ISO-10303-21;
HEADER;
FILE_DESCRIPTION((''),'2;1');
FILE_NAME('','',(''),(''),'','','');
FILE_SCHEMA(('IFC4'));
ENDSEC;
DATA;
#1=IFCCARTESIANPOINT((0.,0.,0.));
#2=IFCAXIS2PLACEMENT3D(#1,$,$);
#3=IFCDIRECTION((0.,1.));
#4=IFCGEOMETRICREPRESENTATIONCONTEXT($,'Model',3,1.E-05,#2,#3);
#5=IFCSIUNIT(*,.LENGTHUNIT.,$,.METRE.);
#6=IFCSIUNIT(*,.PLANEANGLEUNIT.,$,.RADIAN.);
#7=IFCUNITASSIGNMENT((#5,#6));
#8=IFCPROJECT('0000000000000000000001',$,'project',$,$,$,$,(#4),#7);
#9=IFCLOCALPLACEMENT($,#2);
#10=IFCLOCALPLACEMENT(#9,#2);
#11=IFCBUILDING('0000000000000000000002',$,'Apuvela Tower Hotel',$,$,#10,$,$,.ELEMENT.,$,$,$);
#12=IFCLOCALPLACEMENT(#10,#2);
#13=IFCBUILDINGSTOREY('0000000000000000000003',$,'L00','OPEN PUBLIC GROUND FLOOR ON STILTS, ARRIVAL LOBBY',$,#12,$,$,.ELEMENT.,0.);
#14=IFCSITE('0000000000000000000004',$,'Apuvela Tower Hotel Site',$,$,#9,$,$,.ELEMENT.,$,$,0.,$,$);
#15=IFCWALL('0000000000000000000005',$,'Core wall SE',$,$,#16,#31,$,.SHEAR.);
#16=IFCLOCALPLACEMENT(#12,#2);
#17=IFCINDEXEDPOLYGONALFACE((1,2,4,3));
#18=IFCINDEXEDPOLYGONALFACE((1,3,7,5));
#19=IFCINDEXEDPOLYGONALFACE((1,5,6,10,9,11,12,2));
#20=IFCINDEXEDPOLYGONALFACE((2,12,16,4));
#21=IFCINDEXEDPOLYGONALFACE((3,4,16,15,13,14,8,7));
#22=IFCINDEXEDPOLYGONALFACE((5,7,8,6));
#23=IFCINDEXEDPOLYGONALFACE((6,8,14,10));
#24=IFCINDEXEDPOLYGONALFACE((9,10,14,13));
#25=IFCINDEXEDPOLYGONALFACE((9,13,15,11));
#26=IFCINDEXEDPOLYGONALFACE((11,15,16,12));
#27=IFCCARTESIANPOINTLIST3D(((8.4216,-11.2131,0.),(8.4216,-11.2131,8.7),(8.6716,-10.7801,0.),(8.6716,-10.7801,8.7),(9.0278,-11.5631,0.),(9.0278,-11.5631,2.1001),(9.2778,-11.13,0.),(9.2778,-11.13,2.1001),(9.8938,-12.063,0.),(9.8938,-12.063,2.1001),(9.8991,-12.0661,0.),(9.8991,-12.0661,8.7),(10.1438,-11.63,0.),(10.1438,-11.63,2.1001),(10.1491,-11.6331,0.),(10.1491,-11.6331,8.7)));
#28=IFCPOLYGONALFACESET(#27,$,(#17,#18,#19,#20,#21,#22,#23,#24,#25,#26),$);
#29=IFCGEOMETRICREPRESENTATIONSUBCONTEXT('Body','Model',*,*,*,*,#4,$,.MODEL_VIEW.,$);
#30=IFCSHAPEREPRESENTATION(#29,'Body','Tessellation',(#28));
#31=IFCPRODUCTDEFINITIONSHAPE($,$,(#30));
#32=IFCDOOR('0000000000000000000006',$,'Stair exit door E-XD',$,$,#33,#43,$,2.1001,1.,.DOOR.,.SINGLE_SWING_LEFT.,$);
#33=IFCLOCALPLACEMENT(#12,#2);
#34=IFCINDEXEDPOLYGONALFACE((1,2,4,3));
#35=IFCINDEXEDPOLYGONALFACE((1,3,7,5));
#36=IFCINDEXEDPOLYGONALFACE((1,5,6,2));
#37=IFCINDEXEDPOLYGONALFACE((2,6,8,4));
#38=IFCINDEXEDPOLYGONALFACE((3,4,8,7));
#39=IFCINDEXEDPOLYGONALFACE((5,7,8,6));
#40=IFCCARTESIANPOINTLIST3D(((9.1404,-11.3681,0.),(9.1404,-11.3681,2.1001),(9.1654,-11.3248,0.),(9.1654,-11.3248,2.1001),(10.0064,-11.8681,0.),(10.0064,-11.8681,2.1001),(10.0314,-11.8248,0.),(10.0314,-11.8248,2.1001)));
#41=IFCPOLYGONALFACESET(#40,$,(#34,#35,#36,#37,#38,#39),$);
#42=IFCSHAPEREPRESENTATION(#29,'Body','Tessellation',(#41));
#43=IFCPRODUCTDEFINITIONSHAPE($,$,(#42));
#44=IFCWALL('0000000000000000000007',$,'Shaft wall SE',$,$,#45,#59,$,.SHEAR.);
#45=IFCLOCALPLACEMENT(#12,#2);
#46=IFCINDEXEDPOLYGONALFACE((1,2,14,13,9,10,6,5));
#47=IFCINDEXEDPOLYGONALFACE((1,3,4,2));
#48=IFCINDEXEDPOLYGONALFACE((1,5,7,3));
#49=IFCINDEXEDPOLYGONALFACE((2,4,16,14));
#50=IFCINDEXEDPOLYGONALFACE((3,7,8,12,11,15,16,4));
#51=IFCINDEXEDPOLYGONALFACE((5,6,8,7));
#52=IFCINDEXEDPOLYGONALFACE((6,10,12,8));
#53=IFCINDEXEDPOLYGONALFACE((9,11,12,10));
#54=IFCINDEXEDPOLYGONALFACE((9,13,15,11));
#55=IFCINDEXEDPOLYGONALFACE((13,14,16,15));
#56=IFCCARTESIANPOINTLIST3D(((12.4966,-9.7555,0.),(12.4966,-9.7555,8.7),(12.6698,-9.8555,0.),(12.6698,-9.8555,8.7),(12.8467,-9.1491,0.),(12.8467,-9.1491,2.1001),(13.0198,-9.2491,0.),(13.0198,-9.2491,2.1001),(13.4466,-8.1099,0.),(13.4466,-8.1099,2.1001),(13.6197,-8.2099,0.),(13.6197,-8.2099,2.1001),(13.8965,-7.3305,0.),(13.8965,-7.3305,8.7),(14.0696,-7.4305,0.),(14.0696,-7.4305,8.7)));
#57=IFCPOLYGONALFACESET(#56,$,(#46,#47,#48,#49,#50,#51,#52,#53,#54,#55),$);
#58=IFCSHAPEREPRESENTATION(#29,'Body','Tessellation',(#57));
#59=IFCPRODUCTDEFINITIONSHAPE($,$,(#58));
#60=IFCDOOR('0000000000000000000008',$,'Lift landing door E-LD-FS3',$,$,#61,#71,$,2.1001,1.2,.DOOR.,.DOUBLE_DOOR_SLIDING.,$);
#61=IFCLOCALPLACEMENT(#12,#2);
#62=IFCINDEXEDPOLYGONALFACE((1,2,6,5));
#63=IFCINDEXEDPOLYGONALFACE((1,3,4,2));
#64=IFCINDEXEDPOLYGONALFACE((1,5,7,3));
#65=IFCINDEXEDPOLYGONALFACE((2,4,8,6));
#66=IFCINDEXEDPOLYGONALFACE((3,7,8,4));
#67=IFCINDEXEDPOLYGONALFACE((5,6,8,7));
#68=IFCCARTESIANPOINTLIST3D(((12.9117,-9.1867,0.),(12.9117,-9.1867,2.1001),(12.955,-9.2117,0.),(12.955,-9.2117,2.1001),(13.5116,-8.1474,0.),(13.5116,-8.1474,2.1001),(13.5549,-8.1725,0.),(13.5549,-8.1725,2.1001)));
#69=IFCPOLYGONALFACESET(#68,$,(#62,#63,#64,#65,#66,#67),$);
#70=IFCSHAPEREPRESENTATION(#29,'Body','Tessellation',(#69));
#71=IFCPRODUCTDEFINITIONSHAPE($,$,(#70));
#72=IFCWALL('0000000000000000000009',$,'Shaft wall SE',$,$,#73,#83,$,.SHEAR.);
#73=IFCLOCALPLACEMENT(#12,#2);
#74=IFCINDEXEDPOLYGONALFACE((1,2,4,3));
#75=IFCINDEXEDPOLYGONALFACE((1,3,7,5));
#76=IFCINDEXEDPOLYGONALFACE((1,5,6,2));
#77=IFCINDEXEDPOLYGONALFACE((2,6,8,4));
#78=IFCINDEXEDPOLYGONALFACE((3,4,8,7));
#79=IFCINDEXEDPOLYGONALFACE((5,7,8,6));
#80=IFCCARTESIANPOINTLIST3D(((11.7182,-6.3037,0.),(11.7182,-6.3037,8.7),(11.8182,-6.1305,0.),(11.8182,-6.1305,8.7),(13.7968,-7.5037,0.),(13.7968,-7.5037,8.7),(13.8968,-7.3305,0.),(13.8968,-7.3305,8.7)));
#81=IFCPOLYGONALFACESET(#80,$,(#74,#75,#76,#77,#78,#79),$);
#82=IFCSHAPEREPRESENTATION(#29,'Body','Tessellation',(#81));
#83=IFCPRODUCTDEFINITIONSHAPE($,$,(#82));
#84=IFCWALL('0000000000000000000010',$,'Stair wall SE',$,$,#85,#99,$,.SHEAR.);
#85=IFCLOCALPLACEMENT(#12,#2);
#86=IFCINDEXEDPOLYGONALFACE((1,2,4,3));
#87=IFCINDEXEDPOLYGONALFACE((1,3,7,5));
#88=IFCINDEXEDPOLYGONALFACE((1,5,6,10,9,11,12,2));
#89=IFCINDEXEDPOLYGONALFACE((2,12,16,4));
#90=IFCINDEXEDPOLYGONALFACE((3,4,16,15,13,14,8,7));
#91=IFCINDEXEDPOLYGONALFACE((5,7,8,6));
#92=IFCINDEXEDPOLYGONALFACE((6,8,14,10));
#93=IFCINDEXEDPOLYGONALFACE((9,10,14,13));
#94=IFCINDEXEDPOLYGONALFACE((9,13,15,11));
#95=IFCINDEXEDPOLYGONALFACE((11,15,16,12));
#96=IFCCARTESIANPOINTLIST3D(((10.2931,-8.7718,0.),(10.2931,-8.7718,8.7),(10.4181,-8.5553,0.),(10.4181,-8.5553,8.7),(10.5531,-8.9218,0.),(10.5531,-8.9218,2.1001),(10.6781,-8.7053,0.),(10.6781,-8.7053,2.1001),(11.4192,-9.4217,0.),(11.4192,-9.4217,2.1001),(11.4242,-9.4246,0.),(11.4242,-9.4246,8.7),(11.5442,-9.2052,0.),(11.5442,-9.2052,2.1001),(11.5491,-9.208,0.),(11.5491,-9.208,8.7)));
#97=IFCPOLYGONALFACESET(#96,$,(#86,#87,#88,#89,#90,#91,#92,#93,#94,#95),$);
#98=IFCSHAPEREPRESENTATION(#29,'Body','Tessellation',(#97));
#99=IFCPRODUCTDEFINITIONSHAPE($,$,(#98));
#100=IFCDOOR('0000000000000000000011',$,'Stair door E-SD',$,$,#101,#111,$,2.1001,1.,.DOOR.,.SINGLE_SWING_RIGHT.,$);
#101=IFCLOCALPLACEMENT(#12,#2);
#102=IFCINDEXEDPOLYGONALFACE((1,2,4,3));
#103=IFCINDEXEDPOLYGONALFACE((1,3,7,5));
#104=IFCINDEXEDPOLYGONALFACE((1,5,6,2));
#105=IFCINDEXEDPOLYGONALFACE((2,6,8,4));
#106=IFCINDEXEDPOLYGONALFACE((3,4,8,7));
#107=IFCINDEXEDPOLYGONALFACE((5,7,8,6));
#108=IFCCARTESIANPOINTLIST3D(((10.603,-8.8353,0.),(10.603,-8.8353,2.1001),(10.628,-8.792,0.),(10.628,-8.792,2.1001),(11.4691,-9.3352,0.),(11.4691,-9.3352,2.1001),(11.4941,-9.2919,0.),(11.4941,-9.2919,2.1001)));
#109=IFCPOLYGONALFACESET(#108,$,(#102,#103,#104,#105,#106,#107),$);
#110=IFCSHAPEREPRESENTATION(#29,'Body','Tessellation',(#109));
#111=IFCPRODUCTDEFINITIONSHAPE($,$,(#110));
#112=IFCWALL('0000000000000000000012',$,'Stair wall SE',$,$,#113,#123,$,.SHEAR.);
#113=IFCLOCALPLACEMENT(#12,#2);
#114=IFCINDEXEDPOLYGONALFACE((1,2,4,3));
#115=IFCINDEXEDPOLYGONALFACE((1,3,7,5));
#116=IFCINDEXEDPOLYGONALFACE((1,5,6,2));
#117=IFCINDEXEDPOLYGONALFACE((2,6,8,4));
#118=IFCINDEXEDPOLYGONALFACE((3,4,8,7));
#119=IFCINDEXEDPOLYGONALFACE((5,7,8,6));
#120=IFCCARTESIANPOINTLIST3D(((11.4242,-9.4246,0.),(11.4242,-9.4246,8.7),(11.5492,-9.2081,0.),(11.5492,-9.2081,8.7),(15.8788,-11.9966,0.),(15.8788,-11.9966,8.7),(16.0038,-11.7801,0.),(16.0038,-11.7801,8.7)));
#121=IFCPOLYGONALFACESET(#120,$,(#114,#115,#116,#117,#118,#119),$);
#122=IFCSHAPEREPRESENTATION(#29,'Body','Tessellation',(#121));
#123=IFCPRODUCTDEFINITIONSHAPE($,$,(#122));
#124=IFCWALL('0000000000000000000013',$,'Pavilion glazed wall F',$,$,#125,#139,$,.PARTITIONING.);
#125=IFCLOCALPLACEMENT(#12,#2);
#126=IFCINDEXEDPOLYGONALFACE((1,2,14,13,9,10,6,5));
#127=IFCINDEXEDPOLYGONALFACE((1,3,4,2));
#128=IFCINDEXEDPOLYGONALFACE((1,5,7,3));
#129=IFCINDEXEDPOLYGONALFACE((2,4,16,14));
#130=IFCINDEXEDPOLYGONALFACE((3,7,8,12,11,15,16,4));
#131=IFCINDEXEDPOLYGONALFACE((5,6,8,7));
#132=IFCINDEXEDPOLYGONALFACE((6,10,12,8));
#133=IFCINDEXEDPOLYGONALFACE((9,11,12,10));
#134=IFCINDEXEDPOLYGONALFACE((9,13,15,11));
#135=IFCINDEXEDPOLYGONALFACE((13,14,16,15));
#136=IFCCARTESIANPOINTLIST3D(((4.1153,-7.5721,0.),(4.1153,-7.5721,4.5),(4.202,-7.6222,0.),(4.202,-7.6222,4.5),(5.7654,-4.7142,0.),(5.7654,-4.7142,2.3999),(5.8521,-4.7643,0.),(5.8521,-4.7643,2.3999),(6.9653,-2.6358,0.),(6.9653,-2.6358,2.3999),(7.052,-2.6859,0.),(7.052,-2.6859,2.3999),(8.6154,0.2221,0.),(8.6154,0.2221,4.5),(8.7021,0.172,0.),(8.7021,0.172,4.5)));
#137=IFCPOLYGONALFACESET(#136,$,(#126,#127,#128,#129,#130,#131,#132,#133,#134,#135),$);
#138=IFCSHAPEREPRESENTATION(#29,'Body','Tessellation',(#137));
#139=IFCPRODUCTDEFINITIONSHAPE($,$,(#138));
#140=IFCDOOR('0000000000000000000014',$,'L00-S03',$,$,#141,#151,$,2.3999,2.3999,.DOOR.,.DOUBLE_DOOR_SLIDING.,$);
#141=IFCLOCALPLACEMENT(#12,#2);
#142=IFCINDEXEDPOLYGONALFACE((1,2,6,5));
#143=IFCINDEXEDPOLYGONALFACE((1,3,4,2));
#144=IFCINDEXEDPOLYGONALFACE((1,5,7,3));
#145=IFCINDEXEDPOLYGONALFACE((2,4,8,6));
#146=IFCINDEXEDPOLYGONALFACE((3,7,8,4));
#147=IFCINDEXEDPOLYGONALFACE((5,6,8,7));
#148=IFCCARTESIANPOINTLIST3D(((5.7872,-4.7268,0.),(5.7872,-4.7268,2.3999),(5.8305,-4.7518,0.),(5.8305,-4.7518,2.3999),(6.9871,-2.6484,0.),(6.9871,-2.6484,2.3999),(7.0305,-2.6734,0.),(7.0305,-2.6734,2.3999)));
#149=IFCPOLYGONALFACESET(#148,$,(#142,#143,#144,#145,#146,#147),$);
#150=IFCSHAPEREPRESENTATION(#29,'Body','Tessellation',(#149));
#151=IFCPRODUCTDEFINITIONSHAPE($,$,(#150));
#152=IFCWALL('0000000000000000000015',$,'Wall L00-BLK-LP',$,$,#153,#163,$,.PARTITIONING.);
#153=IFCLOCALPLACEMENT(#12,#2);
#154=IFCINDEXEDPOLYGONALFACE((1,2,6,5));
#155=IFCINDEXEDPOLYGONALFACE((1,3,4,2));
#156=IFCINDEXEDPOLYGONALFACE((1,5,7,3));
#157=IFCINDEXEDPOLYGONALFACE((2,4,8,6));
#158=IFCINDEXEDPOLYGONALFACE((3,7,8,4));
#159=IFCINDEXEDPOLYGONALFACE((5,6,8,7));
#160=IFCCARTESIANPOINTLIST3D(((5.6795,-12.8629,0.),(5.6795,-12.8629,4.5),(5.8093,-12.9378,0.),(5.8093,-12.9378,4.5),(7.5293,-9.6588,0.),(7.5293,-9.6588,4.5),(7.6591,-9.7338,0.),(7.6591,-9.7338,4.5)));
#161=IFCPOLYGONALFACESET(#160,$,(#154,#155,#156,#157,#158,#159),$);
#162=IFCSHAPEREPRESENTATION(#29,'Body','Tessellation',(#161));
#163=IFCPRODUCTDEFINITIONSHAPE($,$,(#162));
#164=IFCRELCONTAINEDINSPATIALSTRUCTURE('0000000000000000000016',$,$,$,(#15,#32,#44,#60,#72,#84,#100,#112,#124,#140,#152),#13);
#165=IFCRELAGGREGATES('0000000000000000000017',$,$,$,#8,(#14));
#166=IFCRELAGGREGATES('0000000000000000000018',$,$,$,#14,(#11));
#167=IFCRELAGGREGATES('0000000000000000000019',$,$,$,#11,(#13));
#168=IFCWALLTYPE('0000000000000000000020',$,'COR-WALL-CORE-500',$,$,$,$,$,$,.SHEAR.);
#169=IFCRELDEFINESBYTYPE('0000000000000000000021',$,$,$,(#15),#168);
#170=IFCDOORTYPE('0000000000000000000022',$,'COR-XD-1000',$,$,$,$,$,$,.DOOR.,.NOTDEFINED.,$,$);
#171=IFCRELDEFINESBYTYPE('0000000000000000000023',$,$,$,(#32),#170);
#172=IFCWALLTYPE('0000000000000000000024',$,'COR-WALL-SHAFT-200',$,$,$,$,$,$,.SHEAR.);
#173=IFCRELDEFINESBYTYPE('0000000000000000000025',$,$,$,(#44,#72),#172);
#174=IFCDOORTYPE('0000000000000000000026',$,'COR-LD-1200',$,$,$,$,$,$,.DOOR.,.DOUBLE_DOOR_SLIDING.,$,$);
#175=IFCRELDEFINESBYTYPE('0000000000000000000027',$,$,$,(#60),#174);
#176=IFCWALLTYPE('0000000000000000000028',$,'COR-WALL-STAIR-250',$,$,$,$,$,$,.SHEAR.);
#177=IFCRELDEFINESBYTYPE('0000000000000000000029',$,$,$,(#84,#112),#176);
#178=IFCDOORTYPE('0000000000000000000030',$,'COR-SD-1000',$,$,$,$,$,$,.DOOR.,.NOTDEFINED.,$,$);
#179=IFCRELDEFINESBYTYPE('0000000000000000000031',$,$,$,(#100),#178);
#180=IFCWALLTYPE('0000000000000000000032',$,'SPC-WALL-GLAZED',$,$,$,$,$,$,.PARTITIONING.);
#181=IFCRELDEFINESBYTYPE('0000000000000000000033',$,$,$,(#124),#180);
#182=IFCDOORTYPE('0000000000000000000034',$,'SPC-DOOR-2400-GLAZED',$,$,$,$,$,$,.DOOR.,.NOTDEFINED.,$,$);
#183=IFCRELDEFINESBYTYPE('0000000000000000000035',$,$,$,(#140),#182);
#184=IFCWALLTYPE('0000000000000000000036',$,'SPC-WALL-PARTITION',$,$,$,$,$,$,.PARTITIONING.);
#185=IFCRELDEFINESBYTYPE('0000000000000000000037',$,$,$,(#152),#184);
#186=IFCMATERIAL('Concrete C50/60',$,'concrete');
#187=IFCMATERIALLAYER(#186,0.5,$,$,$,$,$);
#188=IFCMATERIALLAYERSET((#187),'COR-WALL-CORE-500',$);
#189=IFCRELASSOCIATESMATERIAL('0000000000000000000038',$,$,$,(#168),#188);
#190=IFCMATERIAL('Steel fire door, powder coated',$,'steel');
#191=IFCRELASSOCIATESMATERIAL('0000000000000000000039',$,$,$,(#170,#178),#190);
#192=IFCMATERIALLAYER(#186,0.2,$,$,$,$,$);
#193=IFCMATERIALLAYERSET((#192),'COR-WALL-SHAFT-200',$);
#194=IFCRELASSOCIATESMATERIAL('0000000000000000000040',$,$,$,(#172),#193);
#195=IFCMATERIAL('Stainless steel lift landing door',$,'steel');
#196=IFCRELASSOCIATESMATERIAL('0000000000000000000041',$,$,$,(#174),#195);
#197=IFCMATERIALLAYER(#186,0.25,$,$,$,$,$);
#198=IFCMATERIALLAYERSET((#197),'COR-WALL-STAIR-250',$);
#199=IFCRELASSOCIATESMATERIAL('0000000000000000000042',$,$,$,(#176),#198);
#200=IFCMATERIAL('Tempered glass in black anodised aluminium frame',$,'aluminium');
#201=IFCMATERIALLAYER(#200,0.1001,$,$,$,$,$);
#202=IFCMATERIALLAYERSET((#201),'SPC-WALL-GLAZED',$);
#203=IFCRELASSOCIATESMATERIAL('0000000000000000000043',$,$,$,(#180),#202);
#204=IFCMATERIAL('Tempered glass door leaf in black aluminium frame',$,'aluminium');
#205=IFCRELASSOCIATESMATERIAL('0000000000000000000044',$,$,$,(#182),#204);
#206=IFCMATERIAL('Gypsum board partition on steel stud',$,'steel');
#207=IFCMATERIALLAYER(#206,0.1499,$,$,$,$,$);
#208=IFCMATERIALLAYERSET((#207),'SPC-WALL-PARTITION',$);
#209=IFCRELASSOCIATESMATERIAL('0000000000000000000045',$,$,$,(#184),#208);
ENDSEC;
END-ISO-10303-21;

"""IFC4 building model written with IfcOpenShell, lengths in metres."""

from ifc_helpers import new_model, si_unit, direction, frame, frame_2d, origin, place, context, subcontext, project, spatial, rectangle, extrude, material, layer, layer_set, type_object, element, fill, save


model = new_model("IFC4")

# Units and contexts
model_context = context("Model", 3, precision=1e-05, world=origin(), true_north=direction((0.0, 1.0)))
body_context = subcontext(model_context, "Body", "Model", "MODEL_VIEW")
ifc_project = project(units=[si_unit("LENGTHUNIT", "METRE"), si_unit("PLANEANGLEUNIT", "RADIAN")], contexts=[model_context])

# Site, building, storey
site_placement = place(None, origin())
site = spatial("IfcSite", under=ifc_project, at=site_placement, Name="Apuvela Tower Hotel Site", CompositionType="ELEMENT", RefElevation=0.0)
building_placement = place(site_placement, origin())
building = spatial("IfcBuilding", under=site, at=building_placement, Name="Apuvela Tower Hotel", CompositionType="ELEMENT")
storey_placement = place(building_placement, origin())
storey = spatial("IfcBuildingStorey", under=building, at=storey_placement, Name="L00", Description="OPEN PUBLIC GROUND FLOOR ON STILTS, ARRIVAL LOBBY", CompositionType="ELEMENT", Elevation=0.0)

# Shared definitions
ifc_material_1 = material(Name="Concrete C50/60", Category="concrete")

# Shared definitions
ifc_material_2 = material(Name="Steel fire door, powder coated", Category="steel")

# Walls, openings, doors
ifc_layer_1 = layer(ifc_material_1, 0.5)
ifc_layer_set_1 = layer_set([ifc_layer_1], Name="COR-WALL-CORE-500")
wall_type_1 = type_object("IfcWallType", Name="COR-WALL-CORE-500", PredefinedType="SHEAR", material=ifc_layer_set_1)
wall_1_placement = place(storey_placement, frame((8.5466, -10.9966, 0.0), z_axis=(0.0, 0.0, 1.0), x_axis=(0.866033, -0.499987, 0.0)))
wall_1 = element("IfcWall", 1, at=wall_1_placement, inside=storey, type_object=wall_type_1, Name="Core wall SE", PredefinedType="SHEAR", context=body_context, shape_type="SweptSolid", body=[
    extrude(rectangle(XDim=1.7061, YDim=0.5, at=frame_2d((0.853, 0.0))), origin(), (0.0, 0.0, 1.0), 8.7),
])
opening_1_placement = place(wall_1_placement, frame((0.7, 0.0, 0.0)))
opening_1 = element("IfcOpeningElement", 2, at=opening_1_placement, cuts=wall_1, PredefinedType="OPENING", context=body_context, shape_type="SweptSolid", body=[
    extrude(rectangle(XDim=1.0, YDim=2.1001, at=frame_2d((0.5, 1.05))), frame((0.0, 0.26, 0.0), z_axis=(0.0, -1.0, 0.0), x_axis=(1.0, 0.0, 0.0)), (0.0, 0.0, 1.0), 0.52),
])
door_type_1 = type_object("IfcDoorType", Name="COR-XD-1000", OperationType="NOTDEFINED", PredefinedType="DOOR", material=ifc_material_2)
door_1_placement = place(opening_1_placement, frame((1.0, 0.0, 0.0), z_axis=(0.0, 0.0, 1.0), x_axis=(-1.0, 0.0, 0.0)))
door_1 = element("IfcDoor", 3, at=door_1_placement, inside=storey, type_object=door_type_1, Name="Stair exit door E-XD", OperationType="SINGLE_SWING_LEFT", OverallHeight=2.1001, OverallWidth=1.0, PredefinedType="DOOR", context=body_context, shape_type="SweptSolid", body=[
    extrude(rectangle(XDim=1.0, YDim=2.1001, at=frame_2d((0.5, 1.05))), frame((0.0, 0.0249, 0.0), z_axis=(0.0, -1.0, 0.0), x_axis=(1.0, 0.0, 0.0)), (0.0, 0.0, 1.0), 0.05),
])
fill(opening_1, door_1)
ifc_layer_2 = layer(ifc_material_1, 0.2)
ifc_layer_set_2 = layer_set([ifc_layer_2], Name="COR-WALL-SHAFT-200")
wall_type_2 = type_object("IfcWallType", Name="COR-WALL-SHAFT-200", PredefinedType="SHEAR", material=ifc_layer_set_2)
wall_2_placement = place(storey_placement, frame((12.5833, -9.8054, 0.0), z_axis=(0.0, 0.0, 1.0), x_axis=(0.499946, 0.866056, 0.0)))
wall_2 = element("IfcWall", 4, at=wall_2_placement, inside=storey, type_object=wall_type_2, Name="Shaft wall SE", PredefinedType="SHEAR", context=body_context, shape_type="SweptSolid", body=[
    extrude(rectangle(XDim=2.8, YDim=0.2, at=frame_2d((1.3999, 0.0))), origin(), (0.0, 0.0, 1.0), 8.7),
])
opening_2_placement = place(wall_2_placement, frame((0.7, 0.0, 0.0)))
opening_2 = element("IfcOpeningElement", 5, at=opening_2_placement, cuts=wall_2, PredefinedType="OPENING", context=body_context, shape_type="SweptSolid", body=[
    extrude(rectangle(XDim=1.2, YDim=2.1001, at=frame_2d((0.6001, 1.05))), frame((0.0, 0.1099, 0.0), z_axis=(0.0, -1.0, 0.0), x_axis=(1.0, 0.0, 0.0)), (0.0, 0.0, 1.0), 0.22),
])
ifc_material_3 = material(Name="Stainless steel lift landing door", Category="steel")
door_type_2 = type_object("IfcDoorType", Name="COR-LD-1200", OperationType="DOUBLE_DOOR_SLIDING", PredefinedType="DOOR", material=ifc_material_3)
door_2_placement = place(opening_2_placement, origin())
door_2 = element("IfcDoor", 6, at=door_2_placement, inside=storey, type_object=door_type_2, Name="Lift landing door E-LD-FS3", OperationType="DOUBLE_DOOR_SLIDING", OverallHeight=2.1001, OverallWidth=1.2, PredefinedType="DOOR", context=body_context, shape_type="SweptSolid", body=[
    extrude(rectangle(XDim=1.2, YDim=2.1001, at=frame_2d((0.6001, 1.05))), frame((0.0, 0.0249, 0.0), z_axis=(0.0, -1.0, 0.0), x_axis=(1.0, 0.0, 0.0)), (0.0, 0.0, 1.0), 0.05),
])
fill(opening_2, door_2)

# Wall
wall_3_placement = place(storey_placement, frame((11.7681, -6.217, 0.0), z_axis=(0.0, 0.0, 1.0), x_axis=(0.86605, -0.499957, 0.0)))
element("IfcWall", 7, at=wall_3_placement, inside=storey, type_object=wall_type_2, Name="Shaft wall SE", PredefinedType="SHEAR", context=body_context, shape_type="SweptSolid", body=[
    extrude(rectangle(XDim=2.4001, YDim=0.2, at=frame_2d((1.2002, 0.0))), origin(), (0.0, 0.0, 1.0), 8.7),
])

# Wall, opening, door
ifc_layer_3 = layer(ifc_material_1, 0.25)
ifc_layer_set_3 = layer_set([ifc_layer_3], Name="COR-WALL-STAIR-250")
wall_type_3 = type_object("IfcWallType", Name="COR-WALL-STAIR-250", PredefinedType="SHEAR", material=ifc_layer_set_3)
wall_4_placement = place(storey_placement, frame((10.3557, -8.6636, 0.0), z_axis=(0.0, 0.0, 1.0), x_axis=(0.866095, -0.499879, 0.0)))
wall_4 = element("IfcWall", 8, at=wall_4_placement, inside=storey, type_object=wall_type_3, Name="Stair wall SE", PredefinedType="SHEAR", context=body_context, shape_type="SweptSolid", body=[
    extrude(rectangle(XDim=1.3059, YDim=0.25, at=frame_2d((0.6528, 0.0))), origin(), (0.0, 0.0, 1.0), 8.7),
])
opening_3_placement = place(wall_4_placement, frame((0.3, 0.0, 0.0)))
opening_3 = element("IfcOpeningElement", 9, at=opening_3_placement, cuts=wall_4, PredefinedType="OPENING", context=body_context, shape_type="SweptSolid", body=[
    extrude(rectangle(XDim=1.0, YDim=2.1001, at=frame_2d((0.5, 1.05))), frame((0.0, 0.135, 0.0), z_axis=(0.0, -1.0, 0.0), x_axis=(1.0, 0.0, 0.0)), (0.0, 0.0, 1.0), 0.27),
])
door_type_3 = type_object("IfcDoorType", Name="COR-SD-1000", OperationType="NOTDEFINED", PredefinedType="DOOR", material=ifc_material_2)
door_3_placement = place(opening_3_placement, origin())
door_3 = element("IfcDoor", 10, at=door_3_placement, inside=storey, type_object=door_type_3, Name="Stair door E-SD", OperationType="SINGLE_SWING_RIGHT", OverallHeight=2.1001, OverallWidth=1.0, PredefinedType="DOOR", context=body_context, shape_type="SweptSolid", body=[
    extrude(rectangle(XDim=1.0, YDim=2.1001, at=frame_2d((0.5, 1.05))), frame((0.0, 0.0249, 0.0), z_axis=(0.0, -1.0, 0.0), x_axis=(1.0, 0.0, 0.0)), (0.0, 0.0, 1.0), 0.05),
])
fill(opening_3, door_3)

# Wall
wall_5_placement = place(storey_placement, frame((11.4868, -9.3164, 0.0), z_axis=(0.0, 0.0, 1.0), x_axis=(0.866012, -0.500024, 0.0)))
element("IfcWall", 11, at=wall_5_placement, inside=storey, type_object=wall_type_3, Name="Stair wall SE", PredefinedType="SHEAR", context=body_context, shape_type="SweptSolid", body=[
    extrude(rectangle(XDim=5.1438, YDim=0.25, at=frame_2d((2.5718, 0.0))), origin(), (0.0, 0.0, 1.0), 8.7),
])

# Wall, opening, door
ifc_material_4 = material(Name="Tempered glass in black anodised aluminium frame", Category="aluminium")
ifc_layer_4 = layer(ifc_material_4, 0.1001)
ifc_layer_set_4 = layer_set([ifc_layer_4], Name="SPC-WALL-GLAZED")
wall_type_4 = type_object("IfcWallType", Name="SPC-WALL-GLAZED", PredefinedType="PARTITIONING", material=ifc_layer_set_4)
wall_6_placement = place(storey_placement, frame((4.1587, -7.5972, 0.0), z_axis=(0.0, 0.0, 1.0), x_axis=(0.500002, 0.866024, 0.0)))
wall_6 = element("IfcWall", 12, at=wall_6_placement, inside=storey, type_object=wall_type_4, Name="Pavilion glazed wall F", PredefinedType="PARTITIONING", context=body_context, shape_type="SweptSolid", body=[
    extrude(rectangle(XDim=9.0, YDim=0.1001, at=frame_2d((4.5, 0.0))), origin(), (0.0, 0.0, 1.0), 4.5),
])
opening_4_placement = place(wall_6_placement, frame((3.3, 0.0, 0.0)))
opening_4 = element("IfcOpeningElement", 13, at=opening_4_placement, cuts=wall_6, PredefinedType="OPENING", context=body_context, shape_type="SweptSolid", body=[
    extrude(rectangle(XDim=2.3999, YDim=2.3999, at=frame_2d((1.2, 1.2))), frame((0.0, 0.0601, 0.0), z_axis=(0.0, -1.0, 0.0), x_axis=(1.0, 0.0, 0.0)), (0.0, 0.0, 1.0), 0.1201),
])
ifc_material_5 = material(Name="Tempered glass door leaf in black aluminium frame", Category="aluminium")
door_type_4 = type_object("IfcDoorType", Name="SPC-DOOR-2400-GLAZED", OperationType="NOTDEFINED", PredefinedType="DOOR", material=ifc_material_5)
door_4_placement = place(opening_4_placement, origin())
door_4 = element("IfcDoor", 14, at=door_4_placement, inside=storey, type_object=door_type_4, Name="L00-S03", OperationType="DOUBLE_DOOR_SLIDING", OverallHeight=2.3999, OverallWidth=2.3999, PredefinedType="DOOR", context=body_context, shape_type="SweptSolid", body=[
    extrude(rectangle(XDim=2.3999, YDim=2.3999, at=frame_2d((1.2, 1.2))), frame((0.0, 0.0249, 0.0), z_axis=(0.0, -1.0, 0.0), x_axis=(1.0, 0.0, 0.0)), (0.0, 0.0, 1.0), 0.05),
])
fill(opening_4, door_4)

# Wall
ifc_material_6 = material(Name="Gypsum board partition on steel stud", Category="steel")
ifc_layer_5 = layer(ifc_material_6, 0.1499)
ifc_layer_set_5 = layer_set([ifc_layer_5], Name="SPC-WALL-PARTITION")
wall_type_5 = type_object("IfcWallType", Name="SPC-WALL-PARTITION", PredefinedType="PARTITIONING", material=ifc_layer_set_5)
wall_7_placement = place(storey_placement, frame((7.5942, -9.6963, 0.0), z_axis=(0.0, 0.0, 1.0), x_axis=(-0.499993, -0.86603, 0.0)))
element("IfcWall", 15, at=wall_7_placement, inside=storey, type_object=wall_type_5, Name="Wall L00-BLK-LP", PredefinedType="PARTITIONING", context=body_context, shape_type="SweptSolid", body=[
    extrude(rectangle(XDim=3.6997, YDim=0.1499, at=frame_2d((1.8499, 0.0))), origin(), (0.0, 0.0, 1.0), 4.5),
])

save(model, "model.ifc")
